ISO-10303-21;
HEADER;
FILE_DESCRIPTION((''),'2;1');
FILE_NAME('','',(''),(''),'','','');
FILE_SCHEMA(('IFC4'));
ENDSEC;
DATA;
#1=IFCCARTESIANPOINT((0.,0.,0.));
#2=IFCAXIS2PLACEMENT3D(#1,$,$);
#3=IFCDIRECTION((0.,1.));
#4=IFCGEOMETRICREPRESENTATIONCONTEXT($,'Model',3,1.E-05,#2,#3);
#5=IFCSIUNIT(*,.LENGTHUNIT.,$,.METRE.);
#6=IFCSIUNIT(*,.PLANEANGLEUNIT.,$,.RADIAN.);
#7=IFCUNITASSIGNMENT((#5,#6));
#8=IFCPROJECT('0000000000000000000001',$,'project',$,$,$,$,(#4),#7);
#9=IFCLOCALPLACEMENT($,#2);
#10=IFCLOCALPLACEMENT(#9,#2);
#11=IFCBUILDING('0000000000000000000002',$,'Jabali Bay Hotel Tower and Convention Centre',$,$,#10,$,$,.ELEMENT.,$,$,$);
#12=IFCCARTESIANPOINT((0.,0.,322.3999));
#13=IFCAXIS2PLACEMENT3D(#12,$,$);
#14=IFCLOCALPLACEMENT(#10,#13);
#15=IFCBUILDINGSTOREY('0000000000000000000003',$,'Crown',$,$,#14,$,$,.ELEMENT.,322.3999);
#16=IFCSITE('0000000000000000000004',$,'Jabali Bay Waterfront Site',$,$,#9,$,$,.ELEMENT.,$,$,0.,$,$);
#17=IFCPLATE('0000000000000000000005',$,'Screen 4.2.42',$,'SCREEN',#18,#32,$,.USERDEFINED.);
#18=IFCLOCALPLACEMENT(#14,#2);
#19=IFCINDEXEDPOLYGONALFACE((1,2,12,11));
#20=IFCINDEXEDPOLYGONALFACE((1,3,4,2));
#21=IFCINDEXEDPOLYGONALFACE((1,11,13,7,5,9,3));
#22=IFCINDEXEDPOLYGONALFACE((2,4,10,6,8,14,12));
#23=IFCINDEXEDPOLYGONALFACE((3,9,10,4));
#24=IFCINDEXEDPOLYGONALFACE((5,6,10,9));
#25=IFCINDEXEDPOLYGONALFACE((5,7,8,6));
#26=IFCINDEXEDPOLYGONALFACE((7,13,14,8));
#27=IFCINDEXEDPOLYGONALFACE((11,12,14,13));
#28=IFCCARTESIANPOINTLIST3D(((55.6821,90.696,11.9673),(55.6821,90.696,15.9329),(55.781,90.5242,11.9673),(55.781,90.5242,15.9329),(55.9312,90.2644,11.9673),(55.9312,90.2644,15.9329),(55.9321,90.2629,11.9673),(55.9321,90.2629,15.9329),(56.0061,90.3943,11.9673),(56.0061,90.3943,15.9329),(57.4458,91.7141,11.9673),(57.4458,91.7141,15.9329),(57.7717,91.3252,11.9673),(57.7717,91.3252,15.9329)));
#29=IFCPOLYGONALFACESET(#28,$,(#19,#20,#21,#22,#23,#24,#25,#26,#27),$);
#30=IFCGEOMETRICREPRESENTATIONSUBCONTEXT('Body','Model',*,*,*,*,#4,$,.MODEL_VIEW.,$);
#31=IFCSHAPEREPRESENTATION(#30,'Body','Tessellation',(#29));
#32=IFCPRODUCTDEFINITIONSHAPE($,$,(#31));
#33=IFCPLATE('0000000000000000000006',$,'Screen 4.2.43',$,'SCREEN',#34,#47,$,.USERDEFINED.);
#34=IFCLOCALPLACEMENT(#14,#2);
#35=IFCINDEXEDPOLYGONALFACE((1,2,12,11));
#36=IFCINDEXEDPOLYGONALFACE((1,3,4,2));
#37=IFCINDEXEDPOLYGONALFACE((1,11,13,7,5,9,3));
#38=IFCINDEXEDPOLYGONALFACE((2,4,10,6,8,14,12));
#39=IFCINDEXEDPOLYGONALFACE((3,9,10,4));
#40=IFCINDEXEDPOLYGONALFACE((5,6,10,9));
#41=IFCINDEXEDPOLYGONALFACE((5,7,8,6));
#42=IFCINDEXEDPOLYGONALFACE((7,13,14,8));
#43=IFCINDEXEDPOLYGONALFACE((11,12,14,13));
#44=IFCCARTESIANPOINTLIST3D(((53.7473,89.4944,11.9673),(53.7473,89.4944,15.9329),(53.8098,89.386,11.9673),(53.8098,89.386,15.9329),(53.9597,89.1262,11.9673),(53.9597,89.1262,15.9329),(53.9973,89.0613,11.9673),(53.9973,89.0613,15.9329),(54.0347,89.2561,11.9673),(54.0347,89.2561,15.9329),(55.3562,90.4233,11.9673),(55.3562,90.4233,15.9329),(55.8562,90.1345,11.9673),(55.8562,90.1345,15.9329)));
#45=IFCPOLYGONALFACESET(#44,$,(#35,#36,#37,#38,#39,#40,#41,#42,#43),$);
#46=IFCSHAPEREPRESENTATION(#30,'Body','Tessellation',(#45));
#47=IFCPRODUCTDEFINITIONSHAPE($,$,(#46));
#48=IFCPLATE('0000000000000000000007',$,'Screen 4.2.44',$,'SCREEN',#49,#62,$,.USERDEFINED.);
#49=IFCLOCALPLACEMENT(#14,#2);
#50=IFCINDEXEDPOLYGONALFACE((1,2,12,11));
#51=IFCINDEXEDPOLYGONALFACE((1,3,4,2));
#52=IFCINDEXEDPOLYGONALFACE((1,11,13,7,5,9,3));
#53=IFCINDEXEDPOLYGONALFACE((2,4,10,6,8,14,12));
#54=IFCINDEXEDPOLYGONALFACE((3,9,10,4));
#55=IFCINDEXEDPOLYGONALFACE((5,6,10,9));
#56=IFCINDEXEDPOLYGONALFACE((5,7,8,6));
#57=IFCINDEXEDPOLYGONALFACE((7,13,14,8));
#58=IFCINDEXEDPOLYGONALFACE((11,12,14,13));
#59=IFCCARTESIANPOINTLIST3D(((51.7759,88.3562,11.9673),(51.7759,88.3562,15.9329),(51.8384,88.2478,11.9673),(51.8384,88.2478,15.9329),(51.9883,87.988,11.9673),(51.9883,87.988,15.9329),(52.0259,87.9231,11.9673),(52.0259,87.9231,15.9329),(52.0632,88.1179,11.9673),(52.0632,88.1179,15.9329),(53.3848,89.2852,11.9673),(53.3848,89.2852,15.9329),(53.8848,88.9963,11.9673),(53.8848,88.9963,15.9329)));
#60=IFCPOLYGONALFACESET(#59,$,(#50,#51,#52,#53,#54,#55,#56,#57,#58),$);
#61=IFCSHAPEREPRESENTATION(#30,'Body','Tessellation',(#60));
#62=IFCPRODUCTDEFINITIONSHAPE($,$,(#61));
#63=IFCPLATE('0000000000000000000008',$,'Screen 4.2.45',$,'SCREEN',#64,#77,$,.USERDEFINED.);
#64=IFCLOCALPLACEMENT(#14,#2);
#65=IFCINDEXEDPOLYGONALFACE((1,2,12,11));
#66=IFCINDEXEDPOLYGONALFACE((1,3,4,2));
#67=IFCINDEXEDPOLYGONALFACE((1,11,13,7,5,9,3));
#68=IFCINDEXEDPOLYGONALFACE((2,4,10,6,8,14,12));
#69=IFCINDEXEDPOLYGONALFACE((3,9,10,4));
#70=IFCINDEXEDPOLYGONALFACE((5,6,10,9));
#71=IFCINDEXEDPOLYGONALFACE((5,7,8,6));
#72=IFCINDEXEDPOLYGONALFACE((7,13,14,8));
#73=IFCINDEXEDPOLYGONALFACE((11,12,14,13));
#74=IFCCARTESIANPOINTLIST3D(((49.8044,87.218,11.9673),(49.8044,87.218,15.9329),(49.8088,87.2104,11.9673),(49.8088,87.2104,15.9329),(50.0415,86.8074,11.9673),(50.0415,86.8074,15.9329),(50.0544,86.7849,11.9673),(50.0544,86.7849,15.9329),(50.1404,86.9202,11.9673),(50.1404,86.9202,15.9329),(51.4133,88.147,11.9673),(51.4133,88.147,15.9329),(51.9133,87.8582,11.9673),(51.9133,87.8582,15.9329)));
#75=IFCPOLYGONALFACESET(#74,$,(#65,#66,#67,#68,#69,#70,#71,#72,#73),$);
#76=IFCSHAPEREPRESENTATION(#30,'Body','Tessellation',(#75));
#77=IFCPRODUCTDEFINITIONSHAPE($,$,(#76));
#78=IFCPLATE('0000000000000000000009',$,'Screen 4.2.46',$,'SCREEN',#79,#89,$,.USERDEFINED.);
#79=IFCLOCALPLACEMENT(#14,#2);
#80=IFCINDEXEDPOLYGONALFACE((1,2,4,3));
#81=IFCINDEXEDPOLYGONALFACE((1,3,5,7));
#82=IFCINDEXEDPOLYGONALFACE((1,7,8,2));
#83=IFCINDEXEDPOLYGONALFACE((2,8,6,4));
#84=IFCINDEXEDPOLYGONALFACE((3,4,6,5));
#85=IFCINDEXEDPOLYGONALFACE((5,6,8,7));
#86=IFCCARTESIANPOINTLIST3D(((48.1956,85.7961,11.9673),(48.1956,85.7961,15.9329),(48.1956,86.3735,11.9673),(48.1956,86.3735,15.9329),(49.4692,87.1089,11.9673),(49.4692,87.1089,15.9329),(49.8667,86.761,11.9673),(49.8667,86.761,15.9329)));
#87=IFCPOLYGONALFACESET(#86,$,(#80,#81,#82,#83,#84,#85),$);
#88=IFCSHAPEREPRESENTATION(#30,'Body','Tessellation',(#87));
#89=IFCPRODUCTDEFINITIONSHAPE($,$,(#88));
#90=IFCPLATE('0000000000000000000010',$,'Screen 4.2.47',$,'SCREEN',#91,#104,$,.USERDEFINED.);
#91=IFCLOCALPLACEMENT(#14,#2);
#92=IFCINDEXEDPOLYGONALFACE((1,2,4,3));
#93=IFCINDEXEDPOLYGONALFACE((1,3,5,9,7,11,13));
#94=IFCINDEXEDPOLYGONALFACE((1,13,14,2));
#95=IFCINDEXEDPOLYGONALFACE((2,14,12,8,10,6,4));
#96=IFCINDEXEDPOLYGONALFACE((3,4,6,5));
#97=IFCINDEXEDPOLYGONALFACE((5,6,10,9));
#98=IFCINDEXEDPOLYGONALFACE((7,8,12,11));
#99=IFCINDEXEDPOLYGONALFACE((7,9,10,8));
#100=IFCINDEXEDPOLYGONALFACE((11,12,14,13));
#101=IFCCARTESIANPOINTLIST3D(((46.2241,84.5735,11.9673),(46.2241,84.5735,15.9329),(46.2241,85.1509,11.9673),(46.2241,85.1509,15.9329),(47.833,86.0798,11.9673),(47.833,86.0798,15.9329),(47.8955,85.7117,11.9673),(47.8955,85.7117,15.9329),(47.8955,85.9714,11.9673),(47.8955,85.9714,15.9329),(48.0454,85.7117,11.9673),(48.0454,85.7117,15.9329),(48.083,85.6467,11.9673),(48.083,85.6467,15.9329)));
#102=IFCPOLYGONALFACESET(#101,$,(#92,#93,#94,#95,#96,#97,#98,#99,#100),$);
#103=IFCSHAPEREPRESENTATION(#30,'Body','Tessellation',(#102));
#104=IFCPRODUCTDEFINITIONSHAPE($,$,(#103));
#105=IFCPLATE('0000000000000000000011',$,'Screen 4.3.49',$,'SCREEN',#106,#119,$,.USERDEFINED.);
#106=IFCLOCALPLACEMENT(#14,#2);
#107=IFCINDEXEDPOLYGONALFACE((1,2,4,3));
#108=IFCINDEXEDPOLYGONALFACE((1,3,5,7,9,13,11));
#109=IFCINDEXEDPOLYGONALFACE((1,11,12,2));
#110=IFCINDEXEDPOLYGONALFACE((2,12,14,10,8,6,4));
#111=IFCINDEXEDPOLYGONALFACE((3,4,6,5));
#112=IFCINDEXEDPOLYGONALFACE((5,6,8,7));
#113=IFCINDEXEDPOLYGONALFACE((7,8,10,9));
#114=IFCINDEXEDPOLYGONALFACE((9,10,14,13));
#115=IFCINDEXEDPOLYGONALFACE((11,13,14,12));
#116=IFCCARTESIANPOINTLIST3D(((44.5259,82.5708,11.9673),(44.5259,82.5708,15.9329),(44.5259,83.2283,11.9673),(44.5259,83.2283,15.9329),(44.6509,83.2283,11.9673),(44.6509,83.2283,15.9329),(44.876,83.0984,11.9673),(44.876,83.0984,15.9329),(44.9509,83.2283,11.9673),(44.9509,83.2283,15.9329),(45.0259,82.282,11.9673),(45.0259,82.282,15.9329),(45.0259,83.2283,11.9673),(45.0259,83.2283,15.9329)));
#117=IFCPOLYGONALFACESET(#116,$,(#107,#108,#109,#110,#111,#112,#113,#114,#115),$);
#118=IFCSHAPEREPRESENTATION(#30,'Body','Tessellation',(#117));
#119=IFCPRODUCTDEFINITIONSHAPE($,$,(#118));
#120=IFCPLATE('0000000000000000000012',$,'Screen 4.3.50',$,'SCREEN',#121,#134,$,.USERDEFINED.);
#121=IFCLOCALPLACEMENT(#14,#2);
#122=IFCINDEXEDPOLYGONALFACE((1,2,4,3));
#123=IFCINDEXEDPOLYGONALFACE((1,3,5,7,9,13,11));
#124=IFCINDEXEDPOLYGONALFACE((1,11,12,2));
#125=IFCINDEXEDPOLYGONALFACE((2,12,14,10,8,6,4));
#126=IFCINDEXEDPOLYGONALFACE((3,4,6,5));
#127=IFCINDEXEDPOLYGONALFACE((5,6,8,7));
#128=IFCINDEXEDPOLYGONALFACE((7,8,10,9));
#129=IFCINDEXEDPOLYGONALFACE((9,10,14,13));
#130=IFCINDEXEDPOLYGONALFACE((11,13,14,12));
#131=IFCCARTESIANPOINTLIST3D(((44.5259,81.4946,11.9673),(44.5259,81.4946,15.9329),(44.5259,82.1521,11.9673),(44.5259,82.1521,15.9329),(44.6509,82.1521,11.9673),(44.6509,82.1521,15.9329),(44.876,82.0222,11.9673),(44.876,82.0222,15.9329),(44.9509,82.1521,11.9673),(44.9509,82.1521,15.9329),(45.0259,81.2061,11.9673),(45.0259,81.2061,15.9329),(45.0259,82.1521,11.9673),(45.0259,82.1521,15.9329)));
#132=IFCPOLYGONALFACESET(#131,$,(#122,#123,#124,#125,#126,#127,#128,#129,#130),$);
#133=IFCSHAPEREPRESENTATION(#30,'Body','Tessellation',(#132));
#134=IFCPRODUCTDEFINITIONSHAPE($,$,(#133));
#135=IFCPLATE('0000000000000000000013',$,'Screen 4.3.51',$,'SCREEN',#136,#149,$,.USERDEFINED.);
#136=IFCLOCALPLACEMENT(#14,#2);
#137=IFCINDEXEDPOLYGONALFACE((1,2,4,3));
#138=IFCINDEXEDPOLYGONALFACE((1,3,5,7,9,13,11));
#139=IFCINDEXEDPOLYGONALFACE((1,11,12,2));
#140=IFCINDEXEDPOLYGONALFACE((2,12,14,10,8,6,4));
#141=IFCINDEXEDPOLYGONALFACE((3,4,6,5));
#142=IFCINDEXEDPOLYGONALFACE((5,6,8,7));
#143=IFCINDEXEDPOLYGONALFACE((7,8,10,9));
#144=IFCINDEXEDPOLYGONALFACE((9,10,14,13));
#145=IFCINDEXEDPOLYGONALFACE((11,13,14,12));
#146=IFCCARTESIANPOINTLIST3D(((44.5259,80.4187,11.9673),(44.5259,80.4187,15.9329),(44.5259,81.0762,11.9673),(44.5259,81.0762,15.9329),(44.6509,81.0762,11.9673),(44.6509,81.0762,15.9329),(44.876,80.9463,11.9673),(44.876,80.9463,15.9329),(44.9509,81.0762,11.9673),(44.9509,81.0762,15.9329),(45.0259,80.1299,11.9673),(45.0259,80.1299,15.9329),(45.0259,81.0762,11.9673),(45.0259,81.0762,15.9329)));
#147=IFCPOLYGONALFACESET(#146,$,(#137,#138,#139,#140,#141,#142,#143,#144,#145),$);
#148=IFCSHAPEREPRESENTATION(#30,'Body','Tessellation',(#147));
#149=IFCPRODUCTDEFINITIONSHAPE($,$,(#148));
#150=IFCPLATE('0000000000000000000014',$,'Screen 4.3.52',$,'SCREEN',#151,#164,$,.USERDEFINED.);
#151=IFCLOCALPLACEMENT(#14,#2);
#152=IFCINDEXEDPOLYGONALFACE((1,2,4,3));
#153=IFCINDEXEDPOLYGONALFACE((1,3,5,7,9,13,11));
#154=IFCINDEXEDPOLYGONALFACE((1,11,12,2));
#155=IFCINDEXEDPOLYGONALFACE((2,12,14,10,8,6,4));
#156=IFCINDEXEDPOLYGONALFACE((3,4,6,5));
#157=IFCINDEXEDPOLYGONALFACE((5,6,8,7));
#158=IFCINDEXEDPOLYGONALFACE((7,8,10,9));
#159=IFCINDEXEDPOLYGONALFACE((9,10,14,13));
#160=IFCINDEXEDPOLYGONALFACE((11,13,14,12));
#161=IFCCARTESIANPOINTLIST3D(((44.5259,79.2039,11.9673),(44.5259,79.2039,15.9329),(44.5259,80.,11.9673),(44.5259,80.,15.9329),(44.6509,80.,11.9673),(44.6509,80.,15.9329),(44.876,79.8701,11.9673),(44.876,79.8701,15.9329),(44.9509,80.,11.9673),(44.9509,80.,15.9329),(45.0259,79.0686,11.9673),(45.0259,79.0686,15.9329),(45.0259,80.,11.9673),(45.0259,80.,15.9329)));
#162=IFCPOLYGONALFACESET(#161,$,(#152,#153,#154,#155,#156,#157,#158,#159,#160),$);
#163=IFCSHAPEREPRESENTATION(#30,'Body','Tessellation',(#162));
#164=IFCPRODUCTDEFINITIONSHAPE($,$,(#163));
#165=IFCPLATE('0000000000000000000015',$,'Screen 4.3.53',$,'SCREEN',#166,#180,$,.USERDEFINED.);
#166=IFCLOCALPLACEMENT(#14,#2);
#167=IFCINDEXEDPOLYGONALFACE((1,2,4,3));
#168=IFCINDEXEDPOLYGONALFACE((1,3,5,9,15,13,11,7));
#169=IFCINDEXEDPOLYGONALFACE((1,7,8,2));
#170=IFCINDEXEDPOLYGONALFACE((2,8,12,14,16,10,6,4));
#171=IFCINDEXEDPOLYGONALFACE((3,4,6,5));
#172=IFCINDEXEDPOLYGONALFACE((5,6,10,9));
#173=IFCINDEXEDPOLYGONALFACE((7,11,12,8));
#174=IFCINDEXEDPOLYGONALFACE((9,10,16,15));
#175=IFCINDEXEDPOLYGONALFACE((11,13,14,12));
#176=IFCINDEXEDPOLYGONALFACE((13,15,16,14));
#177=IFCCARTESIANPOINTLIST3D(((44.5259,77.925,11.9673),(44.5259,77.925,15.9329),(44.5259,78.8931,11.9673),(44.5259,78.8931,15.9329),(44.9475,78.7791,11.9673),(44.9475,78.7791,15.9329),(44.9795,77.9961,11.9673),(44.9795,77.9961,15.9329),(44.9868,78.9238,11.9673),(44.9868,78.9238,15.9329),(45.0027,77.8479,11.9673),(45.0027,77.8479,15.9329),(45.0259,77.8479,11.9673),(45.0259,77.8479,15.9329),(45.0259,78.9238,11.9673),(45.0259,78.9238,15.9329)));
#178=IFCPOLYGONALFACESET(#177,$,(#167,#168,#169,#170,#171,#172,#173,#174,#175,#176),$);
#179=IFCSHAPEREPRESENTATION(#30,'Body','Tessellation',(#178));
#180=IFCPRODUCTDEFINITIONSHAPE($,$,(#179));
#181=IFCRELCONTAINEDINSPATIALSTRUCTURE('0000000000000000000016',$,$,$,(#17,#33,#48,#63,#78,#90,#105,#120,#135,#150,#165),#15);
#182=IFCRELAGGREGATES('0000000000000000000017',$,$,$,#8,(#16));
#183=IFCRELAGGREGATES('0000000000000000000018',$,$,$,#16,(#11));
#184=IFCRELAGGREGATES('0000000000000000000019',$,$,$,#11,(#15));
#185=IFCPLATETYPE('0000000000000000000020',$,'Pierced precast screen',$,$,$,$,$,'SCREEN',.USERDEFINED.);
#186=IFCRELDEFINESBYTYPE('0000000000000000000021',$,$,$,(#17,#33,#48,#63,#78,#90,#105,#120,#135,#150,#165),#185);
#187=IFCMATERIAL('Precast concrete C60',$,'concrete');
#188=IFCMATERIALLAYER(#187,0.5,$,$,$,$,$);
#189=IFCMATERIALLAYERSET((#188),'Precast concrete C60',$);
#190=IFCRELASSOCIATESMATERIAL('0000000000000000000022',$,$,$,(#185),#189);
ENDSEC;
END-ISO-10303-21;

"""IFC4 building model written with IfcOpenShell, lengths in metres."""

from ifc_helpers import new_model, si_unit, direction, frame, origin, place, context, subcontext, project, spatial, polyline, outline, extrude, material, layer, layer_set, type_object, element, save


model = new_model("IFC4")

# Units and contexts
model_context = context("Model", 3, precision=1e-05, world=origin(), true_north=direction((0.0, 1.0)))
body_context = subcontext(model_context, "Body", "Model", "MODEL_VIEW")
ifc_project = project(units=[si_unit("LENGTHUNIT", "METRE"), si_unit("PLANEANGLEUNIT", "RADIAN")], contexts=[model_context])

# Site, building, storey
site_placement = place(None, origin())
site = spatial("IfcSite", under=ifc_project, at=site_placement, Name="Jabali Bay Waterfront Site", CompositionType="ELEMENT", RefElevation=0.0)
building_placement = place(site_placement, origin())
building = spatial("IfcBuilding", under=site, at=building_placement, Name="Jabali Bay Hotel Tower and Convention Centre", CompositionType="ELEMENT")
storey_placement = place(building_placement, frame((0.0, 0.0, 322.3999)))
storey = spatial("IfcBuildingStorey", under=building, at=storey_placement, Name="Crown", CompositionType="ELEMENT", Elevation=322.3999)

# Plates
ifc_material = material(Name="Precast concrete C60", Category="concrete")
ifc_layer = layer(ifc_material, 0.5)
ifc_layer_set = layer_set([ifc_layer], Name="Precast concrete C60")
plate_type = type_object("IfcPlateType", Name="Pierced precast screen", ElementType="SCREEN", PredefinedType="USERDEFINED", material=ifc_layer_set)
plate_1_placement = place(storey_placement, frame((0.0, 0.0, 11.9673)))
element("IfcPlate", 1, at=plate_1_placement, inside=storey, type_object=plate_type, Name="Screen 4.2.42", ObjectType="SCREEN", PredefinedType="USERDEFINED", context=body_context, shape_type="SweptSolid", body=[
    extrude(outline(polyline([(55.9321, 90.2629), (57.7717, 91.3252), (57.4458, 91.7141), (55.6821, 90.696), (55.781, 90.5242), (56.0061, 90.3943), (55.9312, 90.2644), (55.9321, 90.2629)])), origin(), (0.0, 0.0, 1.0), 3.9656),
])
plate_2_placement = place(storey_placement, frame((0.0, 0.0, 11.9673)))
element("IfcPlate", 2, at=plate_2_placement, inside=storey, type_object=plate_type, Name="Screen 4.2.43", ObjectType="SCREEN", PredefinedType="USERDEFINED", context=body_context, shape_type="SweptSolid", body=[
    extrude(outline(polyline([(53.9973, 89.0613), (55.8562, 90.1345), (55.3562, 90.4233), (53.7473, 89.4944), (53.8098, 89.386), (54.0347, 89.2561), (53.9597, 89.1262), (53.9973, 89.0613)])), origin(), (0.0, 0.0, 1.0), 3.9656),
])
plate_3_placement = place(storey_placement, frame((0.0, 0.0, 11.9673)))
element("IfcPlate", 3, at=plate_3_placement, inside=storey, type_object=plate_type, Name="Screen 4.2.44", ObjectType="SCREEN", PredefinedType="USERDEFINED", context=body_context, shape_type="SweptSolid", body=[
    extrude(outline(polyline([(52.0259, 87.9231), (53.8848, 88.9963), (53.3848, 89.2852), (51.7759, 88.3562), (51.8384, 88.2478), (52.0632, 88.1179), (51.9883, 87.988), (52.0259, 87.9231)])), origin(), (0.0, 0.0, 1.0), 3.9656),
])
plate_4_placement = place(storey_placement, frame((0.0, 0.0, 11.9673)))
element("IfcPlate", 4, at=plate_4_placement, inside=storey, type_object=plate_type, Name="Screen 4.2.45", ObjectType="SCREEN", PredefinedType="USERDEFINED", context=body_context, shape_type="SweptSolid", body=[
    extrude(outline(polyline([(50.0544, 86.7849), (51.9133, 87.8582), (51.4133, 88.147), (49.8044, 87.218), (49.8088, 87.2104), (50.1404, 86.9202), (50.0415, 86.8074), (50.0544, 86.7849)])), origin(), (0.0, 0.0, 1.0), 3.9656),
])
plate_5_placement = place(storey_placement, frame((0.0, 0.0, 11.9673)))
element("IfcPlate", 5, at=plate_5_placement, inside=storey, type_object=plate_type, Name="Screen 4.2.46", ObjectType="SCREEN", PredefinedType="USERDEFINED", context=body_context, shape_type="SweptSolid", body=[
    extrude(outline(polyline([(48.1956, 85.7961), (49.8667, 86.761), (49.4692, 87.1089), (48.1956, 86.3735), (48.1956, 85.7961)])), origin(), (0.0, 0.0, 1.0), 3.9656),
])
plate_6_placement = place(storey_placement, frame((0.0, 0.0, 11.9673)))
element("IfcPlate", 6, at=plate_6_placement, inside=storey, type_object=plate_type, Name="Screen 4.2.47", ObjectType="SCREEN", PredefinedType="USERDEFINED", context=body_context, shape_type="SweptSolid", body=[
    extrude(outline(polyline([(46.2241, 84.5735), (48.083, 85.6467), (48.0454, 85.7117), (47.8955, 85.7117), (47.8955, 85.9714), (47.833, 86.0798), (46.2241, 85.1509), (46.2241, 84.5735)])), origin(), (0.0, 0.0, 1.0), 3.9656),
])
plate_7_placement = place(storey_placement, frame((0.0, 0.0, 11.9673)))
element("IfcPlate", 7, at=plate_7_placement, inside=storey, type_object=plate_type, Name="Screen 4.3.49", ObjectType="SCREEN", PredefinedType="USERDEFINED", context=body_context, shape_type="SweptSolid", body=[
    extrude(outline(polyline([(45.0259, 82.282), (45.0259, 83.2283), (44.9509, 83.2283), (44.876, 83.0984), (44.6509, 83.2283), (44.5259, 83.2283), (44.5259, 82.5708), (45.0259, 82.282)])), origin(), (0.0, 0.0, 1.0), 3.9656),
])
plate_8_placement = place(storey_placement, frame((0.0, 0.0, 11.9673)))
element("IfcPlate", 8, at=plate_8_placement, inside=storey, type_object=plate_type, Name="Screen 4.3.50", ObjectType="SCREEN", PredefinedType="USERDEFINED", context=body_context, shape_type="SweptSolid", body=[
    extrude(outline(polyline([(45.0259, 81.2061), (45.0259, 82.1521), (44.9509, 82.1521), (44.876, 82.0222), (44.6509, 82.1521), (44.5259, 82.1521), (44.5259, 81.4946), (45.0259, 81.2061)])), origin(), (0.0, 0.0, 1.0), 3.9656),
])
plate_9_placement = place(storey_placement, frame((0.0, 0.0, 11.9673)))
element("IfcPlate", 9, at=plate_9_placement, inside=storey, type_object=plate_type, Name="Screen 4.3.51", ObjectType="SCREEN", PredefinedType="USERDEFINED", context=body_context, shape_type="SweptSolid", body=[
    extrude(outline(polyline([(45.0259, 80.1299), (45.0259, 81.0762), (44.9509, 81.0762), (44.876, 80.9463), (44.6509, 81.0762), (44.5259, 81.0762), (44.5259, 80.4187), (45.0259, 80.1299)])), origin(), (0.0, 0.0, 1.0), 3.9656),
])
plate_10_placement = place(storey_placement, frame((0.0, 0.0, 11.9673)))
element("IfcPlate", 10, at=plate_10_placement, inside=storey, type_object=plate_type, Name="Screen 4.3.52", ObjectType="SCREEN", PredefinedType="USERDEFINED", context=body_context, shape_type="SweptSolid", body=[
    extrude(outline(polyline([(45.0259, 79.0686), (45.0259, 80.0), (44.9509, 80.0), (44.876, 79.8701), (44.6509, 80.0), (44.5259, 80.0), (44.5259, 79.2039), (45.0259, 79.0686)])), origin(), (0.0, 0.0, 1.0), 3.9656),
])
plate_11_placement = place(storey_placement, frame((0.0, 0.0, 11.9673)))
element("IfcPlate", 11, at=plate_11_placement, inside=storey, type_object=plate_type, Name="Screen 4.3.53", ObjectType="SCREEN", PredefinedType="USERDEFINED", context=body_context, shape_type="SweptSolid", body=[
    extrude(outline(polyline([(45.0259, 77.8479), (45.0259, 78.9238), (44.9868, 78.9238), (44.9475, 78.7791), (44.5259, 78.8931), (44.5259, 77.925), (44.9795, 77.9961), (45.0027, 77.8479), (45.0259, 77.8479)])), origin(), (0.0, 0.0, 1.0), 3.9656),
])

save(model, "model.ifc")
